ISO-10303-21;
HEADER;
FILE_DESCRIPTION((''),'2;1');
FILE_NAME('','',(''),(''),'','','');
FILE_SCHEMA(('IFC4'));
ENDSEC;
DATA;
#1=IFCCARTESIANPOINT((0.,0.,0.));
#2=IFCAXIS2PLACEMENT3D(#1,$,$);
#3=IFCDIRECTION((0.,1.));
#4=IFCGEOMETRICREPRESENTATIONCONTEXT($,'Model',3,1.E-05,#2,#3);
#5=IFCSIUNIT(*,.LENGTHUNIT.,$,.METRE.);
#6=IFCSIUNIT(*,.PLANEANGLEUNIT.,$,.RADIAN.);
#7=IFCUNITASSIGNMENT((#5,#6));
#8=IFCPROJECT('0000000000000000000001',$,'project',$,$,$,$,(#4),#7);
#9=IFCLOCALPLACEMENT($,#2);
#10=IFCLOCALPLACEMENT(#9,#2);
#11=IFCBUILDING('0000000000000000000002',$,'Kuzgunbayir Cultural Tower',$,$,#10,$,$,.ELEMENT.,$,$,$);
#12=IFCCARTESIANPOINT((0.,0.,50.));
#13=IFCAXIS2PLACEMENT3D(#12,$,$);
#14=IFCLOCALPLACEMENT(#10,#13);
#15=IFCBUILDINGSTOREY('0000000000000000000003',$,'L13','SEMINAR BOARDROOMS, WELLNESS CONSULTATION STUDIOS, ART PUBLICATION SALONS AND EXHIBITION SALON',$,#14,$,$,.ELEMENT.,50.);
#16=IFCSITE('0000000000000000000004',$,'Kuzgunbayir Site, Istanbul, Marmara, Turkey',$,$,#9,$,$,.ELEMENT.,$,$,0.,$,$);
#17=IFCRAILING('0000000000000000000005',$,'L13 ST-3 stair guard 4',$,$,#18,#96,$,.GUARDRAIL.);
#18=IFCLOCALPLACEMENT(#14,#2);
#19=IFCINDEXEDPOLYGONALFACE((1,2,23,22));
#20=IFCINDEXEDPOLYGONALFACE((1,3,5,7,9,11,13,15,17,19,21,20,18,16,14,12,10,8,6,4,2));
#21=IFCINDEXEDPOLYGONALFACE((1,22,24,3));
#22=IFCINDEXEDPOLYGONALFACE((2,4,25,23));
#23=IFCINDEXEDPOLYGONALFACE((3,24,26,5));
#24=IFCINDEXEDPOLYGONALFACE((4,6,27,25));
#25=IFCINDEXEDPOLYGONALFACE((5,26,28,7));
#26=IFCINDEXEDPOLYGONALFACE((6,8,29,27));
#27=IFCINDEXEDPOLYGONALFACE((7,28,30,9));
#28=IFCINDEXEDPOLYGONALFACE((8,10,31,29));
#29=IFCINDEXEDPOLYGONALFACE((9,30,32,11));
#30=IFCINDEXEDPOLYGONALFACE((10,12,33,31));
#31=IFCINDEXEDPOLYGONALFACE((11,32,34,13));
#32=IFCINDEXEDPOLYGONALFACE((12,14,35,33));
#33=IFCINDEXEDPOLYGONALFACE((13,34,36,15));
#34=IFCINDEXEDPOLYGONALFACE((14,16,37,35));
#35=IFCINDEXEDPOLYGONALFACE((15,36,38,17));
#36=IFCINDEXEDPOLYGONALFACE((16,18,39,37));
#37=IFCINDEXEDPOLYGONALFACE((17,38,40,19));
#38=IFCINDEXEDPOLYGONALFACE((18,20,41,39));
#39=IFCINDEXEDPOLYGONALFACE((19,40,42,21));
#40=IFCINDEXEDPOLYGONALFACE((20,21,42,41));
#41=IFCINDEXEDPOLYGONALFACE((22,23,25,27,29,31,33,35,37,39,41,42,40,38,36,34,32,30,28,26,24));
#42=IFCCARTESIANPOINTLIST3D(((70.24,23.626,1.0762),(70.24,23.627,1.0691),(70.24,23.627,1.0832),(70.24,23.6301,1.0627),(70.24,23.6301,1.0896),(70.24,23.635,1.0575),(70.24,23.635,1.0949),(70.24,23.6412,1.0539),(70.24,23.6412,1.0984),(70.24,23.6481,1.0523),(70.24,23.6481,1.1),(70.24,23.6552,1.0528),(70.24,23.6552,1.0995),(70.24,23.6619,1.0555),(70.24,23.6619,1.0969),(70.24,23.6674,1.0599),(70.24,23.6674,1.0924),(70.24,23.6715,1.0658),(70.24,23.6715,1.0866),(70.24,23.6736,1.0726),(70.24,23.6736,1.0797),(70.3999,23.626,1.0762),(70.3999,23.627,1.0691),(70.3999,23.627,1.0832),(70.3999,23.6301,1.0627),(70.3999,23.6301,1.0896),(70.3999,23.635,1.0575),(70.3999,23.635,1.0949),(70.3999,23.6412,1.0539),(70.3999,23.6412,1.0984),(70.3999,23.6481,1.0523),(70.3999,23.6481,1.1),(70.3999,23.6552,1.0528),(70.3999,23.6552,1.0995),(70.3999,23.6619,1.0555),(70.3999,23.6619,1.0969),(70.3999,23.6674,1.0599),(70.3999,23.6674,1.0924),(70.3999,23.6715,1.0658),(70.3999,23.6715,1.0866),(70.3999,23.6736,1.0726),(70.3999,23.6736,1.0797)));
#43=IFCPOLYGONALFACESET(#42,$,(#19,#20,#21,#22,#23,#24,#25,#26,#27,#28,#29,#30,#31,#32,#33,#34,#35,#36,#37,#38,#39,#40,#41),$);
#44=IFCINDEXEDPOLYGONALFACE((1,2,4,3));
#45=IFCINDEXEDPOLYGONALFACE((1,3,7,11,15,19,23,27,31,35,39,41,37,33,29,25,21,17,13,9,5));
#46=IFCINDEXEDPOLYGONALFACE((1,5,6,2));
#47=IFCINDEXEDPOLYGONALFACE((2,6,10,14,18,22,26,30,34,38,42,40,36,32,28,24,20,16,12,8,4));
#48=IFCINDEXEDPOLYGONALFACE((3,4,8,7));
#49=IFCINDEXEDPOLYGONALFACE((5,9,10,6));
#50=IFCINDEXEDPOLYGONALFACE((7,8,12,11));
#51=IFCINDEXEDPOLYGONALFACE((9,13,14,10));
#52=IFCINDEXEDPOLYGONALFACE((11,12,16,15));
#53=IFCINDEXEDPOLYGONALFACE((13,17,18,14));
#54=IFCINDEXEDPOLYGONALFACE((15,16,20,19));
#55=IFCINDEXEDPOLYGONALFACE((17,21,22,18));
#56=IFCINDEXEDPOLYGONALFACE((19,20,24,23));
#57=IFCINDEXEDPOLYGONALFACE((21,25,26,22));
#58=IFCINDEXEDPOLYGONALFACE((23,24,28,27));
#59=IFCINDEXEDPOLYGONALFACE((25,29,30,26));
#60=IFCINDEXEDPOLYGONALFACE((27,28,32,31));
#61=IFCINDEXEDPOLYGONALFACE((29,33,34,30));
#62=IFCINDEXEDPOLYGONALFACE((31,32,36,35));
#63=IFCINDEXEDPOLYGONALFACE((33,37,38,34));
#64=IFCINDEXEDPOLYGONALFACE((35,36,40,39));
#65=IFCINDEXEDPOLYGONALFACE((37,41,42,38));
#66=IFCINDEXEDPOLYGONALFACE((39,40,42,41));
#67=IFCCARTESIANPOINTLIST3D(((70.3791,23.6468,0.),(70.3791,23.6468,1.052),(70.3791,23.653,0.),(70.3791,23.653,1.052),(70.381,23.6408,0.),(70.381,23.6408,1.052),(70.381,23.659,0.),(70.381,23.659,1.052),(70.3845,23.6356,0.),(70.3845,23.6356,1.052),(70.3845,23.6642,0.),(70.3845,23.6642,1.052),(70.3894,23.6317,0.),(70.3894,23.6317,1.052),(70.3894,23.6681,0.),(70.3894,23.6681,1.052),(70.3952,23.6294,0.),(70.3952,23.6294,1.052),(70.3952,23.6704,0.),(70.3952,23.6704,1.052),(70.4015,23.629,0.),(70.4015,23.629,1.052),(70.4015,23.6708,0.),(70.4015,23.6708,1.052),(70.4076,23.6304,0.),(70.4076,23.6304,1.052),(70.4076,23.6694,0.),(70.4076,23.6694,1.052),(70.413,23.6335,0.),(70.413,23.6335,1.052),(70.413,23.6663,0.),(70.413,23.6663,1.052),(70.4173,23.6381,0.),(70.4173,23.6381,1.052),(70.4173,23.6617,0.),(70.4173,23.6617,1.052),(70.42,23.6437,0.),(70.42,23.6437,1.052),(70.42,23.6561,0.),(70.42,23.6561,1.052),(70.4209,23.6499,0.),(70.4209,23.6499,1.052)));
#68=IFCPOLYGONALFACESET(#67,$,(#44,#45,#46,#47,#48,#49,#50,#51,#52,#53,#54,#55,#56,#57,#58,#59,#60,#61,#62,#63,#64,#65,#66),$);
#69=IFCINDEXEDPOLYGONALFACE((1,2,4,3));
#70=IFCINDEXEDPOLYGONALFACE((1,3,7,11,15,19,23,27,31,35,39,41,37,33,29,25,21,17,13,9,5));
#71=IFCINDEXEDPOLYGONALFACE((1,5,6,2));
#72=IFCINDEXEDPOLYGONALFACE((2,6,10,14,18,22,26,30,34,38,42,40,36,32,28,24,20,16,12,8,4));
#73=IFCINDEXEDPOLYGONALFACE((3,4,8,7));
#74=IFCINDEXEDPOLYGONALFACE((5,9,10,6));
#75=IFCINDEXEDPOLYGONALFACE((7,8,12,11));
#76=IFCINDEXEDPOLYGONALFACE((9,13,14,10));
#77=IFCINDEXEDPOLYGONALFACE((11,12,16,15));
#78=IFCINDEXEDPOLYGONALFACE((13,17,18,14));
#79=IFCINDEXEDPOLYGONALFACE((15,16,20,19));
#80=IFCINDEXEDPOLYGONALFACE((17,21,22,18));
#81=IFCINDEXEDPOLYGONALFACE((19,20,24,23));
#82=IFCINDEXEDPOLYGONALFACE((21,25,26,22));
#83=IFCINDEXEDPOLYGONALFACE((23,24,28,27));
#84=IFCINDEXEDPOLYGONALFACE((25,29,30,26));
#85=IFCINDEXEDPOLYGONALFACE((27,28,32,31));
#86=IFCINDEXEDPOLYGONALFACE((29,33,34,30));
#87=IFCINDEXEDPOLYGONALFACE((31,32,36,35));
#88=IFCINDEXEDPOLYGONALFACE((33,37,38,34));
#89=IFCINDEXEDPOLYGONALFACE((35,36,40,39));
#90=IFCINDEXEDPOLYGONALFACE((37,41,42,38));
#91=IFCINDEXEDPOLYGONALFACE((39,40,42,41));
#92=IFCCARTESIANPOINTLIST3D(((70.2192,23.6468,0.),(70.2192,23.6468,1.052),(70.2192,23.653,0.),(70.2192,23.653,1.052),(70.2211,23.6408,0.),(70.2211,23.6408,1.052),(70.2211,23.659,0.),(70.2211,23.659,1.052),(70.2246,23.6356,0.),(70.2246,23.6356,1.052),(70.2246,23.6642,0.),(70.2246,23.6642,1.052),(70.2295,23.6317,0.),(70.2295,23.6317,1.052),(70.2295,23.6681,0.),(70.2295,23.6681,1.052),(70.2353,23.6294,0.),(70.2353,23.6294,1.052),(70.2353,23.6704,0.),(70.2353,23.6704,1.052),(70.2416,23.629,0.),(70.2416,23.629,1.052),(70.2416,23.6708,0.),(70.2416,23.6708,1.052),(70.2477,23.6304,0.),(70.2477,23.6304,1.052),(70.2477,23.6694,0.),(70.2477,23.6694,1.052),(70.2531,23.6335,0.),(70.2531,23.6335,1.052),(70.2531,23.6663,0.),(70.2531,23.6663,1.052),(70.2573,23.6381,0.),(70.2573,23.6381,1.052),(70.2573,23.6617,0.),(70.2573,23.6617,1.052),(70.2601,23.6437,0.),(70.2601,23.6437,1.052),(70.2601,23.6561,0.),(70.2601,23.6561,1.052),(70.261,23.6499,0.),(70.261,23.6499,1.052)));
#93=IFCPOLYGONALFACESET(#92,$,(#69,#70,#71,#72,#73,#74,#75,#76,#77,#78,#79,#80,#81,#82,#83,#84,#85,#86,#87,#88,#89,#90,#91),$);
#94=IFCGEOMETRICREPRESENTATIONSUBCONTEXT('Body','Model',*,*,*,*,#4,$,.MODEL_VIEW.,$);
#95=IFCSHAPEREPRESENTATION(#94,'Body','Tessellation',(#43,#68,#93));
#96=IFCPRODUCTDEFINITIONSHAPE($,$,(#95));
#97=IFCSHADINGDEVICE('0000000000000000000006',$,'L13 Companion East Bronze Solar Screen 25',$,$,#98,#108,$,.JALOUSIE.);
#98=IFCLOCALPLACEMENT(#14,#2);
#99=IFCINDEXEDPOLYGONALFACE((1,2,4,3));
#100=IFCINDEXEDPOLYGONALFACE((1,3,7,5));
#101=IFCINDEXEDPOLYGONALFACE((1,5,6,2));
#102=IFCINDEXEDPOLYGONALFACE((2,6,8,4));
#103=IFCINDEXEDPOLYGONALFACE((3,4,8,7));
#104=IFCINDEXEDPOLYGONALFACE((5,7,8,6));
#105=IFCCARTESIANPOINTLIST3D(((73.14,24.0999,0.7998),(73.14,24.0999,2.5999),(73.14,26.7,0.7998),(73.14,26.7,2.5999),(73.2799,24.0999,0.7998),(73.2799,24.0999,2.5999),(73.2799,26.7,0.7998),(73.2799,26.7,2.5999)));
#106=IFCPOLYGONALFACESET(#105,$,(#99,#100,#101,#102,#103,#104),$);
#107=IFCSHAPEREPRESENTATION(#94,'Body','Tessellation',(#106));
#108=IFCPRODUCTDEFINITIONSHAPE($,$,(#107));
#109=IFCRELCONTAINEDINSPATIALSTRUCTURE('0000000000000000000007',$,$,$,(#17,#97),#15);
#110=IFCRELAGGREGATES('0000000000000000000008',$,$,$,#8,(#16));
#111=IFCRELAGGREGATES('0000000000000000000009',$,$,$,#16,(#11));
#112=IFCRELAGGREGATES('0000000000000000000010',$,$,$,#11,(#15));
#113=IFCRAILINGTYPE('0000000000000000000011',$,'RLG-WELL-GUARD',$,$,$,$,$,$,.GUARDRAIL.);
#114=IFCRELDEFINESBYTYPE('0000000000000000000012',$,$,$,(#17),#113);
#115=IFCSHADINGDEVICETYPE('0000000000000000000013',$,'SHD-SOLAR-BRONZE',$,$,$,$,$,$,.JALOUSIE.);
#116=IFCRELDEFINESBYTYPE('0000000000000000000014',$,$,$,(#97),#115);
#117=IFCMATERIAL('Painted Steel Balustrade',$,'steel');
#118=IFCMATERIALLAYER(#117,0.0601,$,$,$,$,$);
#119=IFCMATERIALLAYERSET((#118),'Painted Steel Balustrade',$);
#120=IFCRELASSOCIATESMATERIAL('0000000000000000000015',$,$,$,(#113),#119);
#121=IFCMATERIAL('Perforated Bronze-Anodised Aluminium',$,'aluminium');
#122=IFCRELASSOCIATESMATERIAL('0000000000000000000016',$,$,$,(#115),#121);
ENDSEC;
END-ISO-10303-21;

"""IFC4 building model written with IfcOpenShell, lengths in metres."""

from ifc_helpers import new_model, si_unit, direction, frame, origin, origin_2d, place, context, subcontext, project, spatial, rectangle, circle, extrude, material, layer, layer_set, type_object, element, save


model = new_model("IFC4")

# Units and contexts
model_context = context("Model", 3, precision=1e-05, world=origin(), true_north=direction((0.0, 1.0)))
body_context = subcontext(model_context, "Body", "Model", "MODEL_VIEW")
ifc_project = project(units=[si_unit("LENGTHUNIT", "METRE"), si_unit("PLANEANGLEUNIT", "RADIAN")], contexts=[model_context])

# Site, building, storey
site_placement = place(None, origin())
site = spatial("IfcSite", under=ifc_project, at=site_placement, Name="Kuzgunbayir Site, Istanbul, Marmara, Turkey", CompositionType="ELEMENT", RefElevation=0.0)
building_placement = place(site_placement, origin())
building = spatial("IfcBuilding", under=site, at=building_placement, Name="Kuzgunbayir Cultural Tower", CompositionType="ELEMENT")
storey_placement = place(building_placement, frame((0.0, 0.0, 50.0)))
storey = spatial("IfcBuildingStorey", under=building, at=storey_placement, Name="L13", Description="SEMINAR BOARDROOMS, WELLNESS CONSULTATION STUDIOS, ART PUBLICATION SALONS AND EXHIBITION SALON", CompositionType="ELEMENT", Elevation=50.0)

# Railing
ifc_material_1 = material(Name="Painted Steel Balustrade", Category="steel")
ifc_layer_1 = layer(ifc_material_1, 0.0601)
ifc_layer_set_1 = layer_set([ifc_layer_1], Name="Painted Steel Balustrade")
railing_type_1 = type_object("IfcRailingType", Name="RLG-WELL-GUARD", PredefinedType="GUARDRAIL", material=ifc_layer_set_1)
railing_1_placement = place(storey_placement, frame((70.3999, 23.6499, 0.0)))
element("IfcRailing", 1, at=railing_1_placement, inside=storey, type_object=railing_type_1, Name="L13 ST-3 stair guard 4", PredefinedType="GUARDRAIL", context=body_context, shape_type="SweptSolid", body=[
    extrude(circle(Radius=0.0239, at=origin_2d()), frame((0.0, 0.0, 1.0762), z_axis=(-1.0, 0.0, 0.0), x_axis=(0.0, -1.0, 0.0)), (0.0, 0.0, 1.0), 0.1599),
    extrude(circle(Radius=0.021, at=origin_2d()), origin(), (0.0, 0.0, 1.0), 1.052),
    extrude(circle(Radius=0.021, at=origin_2d()), frame((-0.1599, 0.0, 0.0)), (0.0, 0.0, 1.0), 1.052),
])

# Shading device
ifc_material_2 = material(Name="Perforated Bronze-Anodised Aluminium", Category="aluminium")
shading_device_type = type_object("IfcShadingDeviceType", Name="SHD-SOLAR-BRONZE", PredefinedType="JALOUSIE", material=ifc_material_2)
shading_device_placement = place(storey_placement, frame((73.21, 25.3999, 0.7998), z_axis=(0.0, 0.0, 1.0), x_axis=(1.0, 0.0, 0.0)))
element("IfcShadingDevice", 2, at=shading_device_placement, inside=storey, type_object=shading_device_type, Name="L13 Companion East Bronze Solar Screen 25", PredefinedType="JALOUSIE", context=body_context, shape_type="SweptSolid", body=[
    extrude(rectangle(XDim=0.1399, YDim=2.6001, at=origin_2d()), origin(), (0.0, 0.0, 1.0), 1.8),
])

save(model, "model.ifc")
